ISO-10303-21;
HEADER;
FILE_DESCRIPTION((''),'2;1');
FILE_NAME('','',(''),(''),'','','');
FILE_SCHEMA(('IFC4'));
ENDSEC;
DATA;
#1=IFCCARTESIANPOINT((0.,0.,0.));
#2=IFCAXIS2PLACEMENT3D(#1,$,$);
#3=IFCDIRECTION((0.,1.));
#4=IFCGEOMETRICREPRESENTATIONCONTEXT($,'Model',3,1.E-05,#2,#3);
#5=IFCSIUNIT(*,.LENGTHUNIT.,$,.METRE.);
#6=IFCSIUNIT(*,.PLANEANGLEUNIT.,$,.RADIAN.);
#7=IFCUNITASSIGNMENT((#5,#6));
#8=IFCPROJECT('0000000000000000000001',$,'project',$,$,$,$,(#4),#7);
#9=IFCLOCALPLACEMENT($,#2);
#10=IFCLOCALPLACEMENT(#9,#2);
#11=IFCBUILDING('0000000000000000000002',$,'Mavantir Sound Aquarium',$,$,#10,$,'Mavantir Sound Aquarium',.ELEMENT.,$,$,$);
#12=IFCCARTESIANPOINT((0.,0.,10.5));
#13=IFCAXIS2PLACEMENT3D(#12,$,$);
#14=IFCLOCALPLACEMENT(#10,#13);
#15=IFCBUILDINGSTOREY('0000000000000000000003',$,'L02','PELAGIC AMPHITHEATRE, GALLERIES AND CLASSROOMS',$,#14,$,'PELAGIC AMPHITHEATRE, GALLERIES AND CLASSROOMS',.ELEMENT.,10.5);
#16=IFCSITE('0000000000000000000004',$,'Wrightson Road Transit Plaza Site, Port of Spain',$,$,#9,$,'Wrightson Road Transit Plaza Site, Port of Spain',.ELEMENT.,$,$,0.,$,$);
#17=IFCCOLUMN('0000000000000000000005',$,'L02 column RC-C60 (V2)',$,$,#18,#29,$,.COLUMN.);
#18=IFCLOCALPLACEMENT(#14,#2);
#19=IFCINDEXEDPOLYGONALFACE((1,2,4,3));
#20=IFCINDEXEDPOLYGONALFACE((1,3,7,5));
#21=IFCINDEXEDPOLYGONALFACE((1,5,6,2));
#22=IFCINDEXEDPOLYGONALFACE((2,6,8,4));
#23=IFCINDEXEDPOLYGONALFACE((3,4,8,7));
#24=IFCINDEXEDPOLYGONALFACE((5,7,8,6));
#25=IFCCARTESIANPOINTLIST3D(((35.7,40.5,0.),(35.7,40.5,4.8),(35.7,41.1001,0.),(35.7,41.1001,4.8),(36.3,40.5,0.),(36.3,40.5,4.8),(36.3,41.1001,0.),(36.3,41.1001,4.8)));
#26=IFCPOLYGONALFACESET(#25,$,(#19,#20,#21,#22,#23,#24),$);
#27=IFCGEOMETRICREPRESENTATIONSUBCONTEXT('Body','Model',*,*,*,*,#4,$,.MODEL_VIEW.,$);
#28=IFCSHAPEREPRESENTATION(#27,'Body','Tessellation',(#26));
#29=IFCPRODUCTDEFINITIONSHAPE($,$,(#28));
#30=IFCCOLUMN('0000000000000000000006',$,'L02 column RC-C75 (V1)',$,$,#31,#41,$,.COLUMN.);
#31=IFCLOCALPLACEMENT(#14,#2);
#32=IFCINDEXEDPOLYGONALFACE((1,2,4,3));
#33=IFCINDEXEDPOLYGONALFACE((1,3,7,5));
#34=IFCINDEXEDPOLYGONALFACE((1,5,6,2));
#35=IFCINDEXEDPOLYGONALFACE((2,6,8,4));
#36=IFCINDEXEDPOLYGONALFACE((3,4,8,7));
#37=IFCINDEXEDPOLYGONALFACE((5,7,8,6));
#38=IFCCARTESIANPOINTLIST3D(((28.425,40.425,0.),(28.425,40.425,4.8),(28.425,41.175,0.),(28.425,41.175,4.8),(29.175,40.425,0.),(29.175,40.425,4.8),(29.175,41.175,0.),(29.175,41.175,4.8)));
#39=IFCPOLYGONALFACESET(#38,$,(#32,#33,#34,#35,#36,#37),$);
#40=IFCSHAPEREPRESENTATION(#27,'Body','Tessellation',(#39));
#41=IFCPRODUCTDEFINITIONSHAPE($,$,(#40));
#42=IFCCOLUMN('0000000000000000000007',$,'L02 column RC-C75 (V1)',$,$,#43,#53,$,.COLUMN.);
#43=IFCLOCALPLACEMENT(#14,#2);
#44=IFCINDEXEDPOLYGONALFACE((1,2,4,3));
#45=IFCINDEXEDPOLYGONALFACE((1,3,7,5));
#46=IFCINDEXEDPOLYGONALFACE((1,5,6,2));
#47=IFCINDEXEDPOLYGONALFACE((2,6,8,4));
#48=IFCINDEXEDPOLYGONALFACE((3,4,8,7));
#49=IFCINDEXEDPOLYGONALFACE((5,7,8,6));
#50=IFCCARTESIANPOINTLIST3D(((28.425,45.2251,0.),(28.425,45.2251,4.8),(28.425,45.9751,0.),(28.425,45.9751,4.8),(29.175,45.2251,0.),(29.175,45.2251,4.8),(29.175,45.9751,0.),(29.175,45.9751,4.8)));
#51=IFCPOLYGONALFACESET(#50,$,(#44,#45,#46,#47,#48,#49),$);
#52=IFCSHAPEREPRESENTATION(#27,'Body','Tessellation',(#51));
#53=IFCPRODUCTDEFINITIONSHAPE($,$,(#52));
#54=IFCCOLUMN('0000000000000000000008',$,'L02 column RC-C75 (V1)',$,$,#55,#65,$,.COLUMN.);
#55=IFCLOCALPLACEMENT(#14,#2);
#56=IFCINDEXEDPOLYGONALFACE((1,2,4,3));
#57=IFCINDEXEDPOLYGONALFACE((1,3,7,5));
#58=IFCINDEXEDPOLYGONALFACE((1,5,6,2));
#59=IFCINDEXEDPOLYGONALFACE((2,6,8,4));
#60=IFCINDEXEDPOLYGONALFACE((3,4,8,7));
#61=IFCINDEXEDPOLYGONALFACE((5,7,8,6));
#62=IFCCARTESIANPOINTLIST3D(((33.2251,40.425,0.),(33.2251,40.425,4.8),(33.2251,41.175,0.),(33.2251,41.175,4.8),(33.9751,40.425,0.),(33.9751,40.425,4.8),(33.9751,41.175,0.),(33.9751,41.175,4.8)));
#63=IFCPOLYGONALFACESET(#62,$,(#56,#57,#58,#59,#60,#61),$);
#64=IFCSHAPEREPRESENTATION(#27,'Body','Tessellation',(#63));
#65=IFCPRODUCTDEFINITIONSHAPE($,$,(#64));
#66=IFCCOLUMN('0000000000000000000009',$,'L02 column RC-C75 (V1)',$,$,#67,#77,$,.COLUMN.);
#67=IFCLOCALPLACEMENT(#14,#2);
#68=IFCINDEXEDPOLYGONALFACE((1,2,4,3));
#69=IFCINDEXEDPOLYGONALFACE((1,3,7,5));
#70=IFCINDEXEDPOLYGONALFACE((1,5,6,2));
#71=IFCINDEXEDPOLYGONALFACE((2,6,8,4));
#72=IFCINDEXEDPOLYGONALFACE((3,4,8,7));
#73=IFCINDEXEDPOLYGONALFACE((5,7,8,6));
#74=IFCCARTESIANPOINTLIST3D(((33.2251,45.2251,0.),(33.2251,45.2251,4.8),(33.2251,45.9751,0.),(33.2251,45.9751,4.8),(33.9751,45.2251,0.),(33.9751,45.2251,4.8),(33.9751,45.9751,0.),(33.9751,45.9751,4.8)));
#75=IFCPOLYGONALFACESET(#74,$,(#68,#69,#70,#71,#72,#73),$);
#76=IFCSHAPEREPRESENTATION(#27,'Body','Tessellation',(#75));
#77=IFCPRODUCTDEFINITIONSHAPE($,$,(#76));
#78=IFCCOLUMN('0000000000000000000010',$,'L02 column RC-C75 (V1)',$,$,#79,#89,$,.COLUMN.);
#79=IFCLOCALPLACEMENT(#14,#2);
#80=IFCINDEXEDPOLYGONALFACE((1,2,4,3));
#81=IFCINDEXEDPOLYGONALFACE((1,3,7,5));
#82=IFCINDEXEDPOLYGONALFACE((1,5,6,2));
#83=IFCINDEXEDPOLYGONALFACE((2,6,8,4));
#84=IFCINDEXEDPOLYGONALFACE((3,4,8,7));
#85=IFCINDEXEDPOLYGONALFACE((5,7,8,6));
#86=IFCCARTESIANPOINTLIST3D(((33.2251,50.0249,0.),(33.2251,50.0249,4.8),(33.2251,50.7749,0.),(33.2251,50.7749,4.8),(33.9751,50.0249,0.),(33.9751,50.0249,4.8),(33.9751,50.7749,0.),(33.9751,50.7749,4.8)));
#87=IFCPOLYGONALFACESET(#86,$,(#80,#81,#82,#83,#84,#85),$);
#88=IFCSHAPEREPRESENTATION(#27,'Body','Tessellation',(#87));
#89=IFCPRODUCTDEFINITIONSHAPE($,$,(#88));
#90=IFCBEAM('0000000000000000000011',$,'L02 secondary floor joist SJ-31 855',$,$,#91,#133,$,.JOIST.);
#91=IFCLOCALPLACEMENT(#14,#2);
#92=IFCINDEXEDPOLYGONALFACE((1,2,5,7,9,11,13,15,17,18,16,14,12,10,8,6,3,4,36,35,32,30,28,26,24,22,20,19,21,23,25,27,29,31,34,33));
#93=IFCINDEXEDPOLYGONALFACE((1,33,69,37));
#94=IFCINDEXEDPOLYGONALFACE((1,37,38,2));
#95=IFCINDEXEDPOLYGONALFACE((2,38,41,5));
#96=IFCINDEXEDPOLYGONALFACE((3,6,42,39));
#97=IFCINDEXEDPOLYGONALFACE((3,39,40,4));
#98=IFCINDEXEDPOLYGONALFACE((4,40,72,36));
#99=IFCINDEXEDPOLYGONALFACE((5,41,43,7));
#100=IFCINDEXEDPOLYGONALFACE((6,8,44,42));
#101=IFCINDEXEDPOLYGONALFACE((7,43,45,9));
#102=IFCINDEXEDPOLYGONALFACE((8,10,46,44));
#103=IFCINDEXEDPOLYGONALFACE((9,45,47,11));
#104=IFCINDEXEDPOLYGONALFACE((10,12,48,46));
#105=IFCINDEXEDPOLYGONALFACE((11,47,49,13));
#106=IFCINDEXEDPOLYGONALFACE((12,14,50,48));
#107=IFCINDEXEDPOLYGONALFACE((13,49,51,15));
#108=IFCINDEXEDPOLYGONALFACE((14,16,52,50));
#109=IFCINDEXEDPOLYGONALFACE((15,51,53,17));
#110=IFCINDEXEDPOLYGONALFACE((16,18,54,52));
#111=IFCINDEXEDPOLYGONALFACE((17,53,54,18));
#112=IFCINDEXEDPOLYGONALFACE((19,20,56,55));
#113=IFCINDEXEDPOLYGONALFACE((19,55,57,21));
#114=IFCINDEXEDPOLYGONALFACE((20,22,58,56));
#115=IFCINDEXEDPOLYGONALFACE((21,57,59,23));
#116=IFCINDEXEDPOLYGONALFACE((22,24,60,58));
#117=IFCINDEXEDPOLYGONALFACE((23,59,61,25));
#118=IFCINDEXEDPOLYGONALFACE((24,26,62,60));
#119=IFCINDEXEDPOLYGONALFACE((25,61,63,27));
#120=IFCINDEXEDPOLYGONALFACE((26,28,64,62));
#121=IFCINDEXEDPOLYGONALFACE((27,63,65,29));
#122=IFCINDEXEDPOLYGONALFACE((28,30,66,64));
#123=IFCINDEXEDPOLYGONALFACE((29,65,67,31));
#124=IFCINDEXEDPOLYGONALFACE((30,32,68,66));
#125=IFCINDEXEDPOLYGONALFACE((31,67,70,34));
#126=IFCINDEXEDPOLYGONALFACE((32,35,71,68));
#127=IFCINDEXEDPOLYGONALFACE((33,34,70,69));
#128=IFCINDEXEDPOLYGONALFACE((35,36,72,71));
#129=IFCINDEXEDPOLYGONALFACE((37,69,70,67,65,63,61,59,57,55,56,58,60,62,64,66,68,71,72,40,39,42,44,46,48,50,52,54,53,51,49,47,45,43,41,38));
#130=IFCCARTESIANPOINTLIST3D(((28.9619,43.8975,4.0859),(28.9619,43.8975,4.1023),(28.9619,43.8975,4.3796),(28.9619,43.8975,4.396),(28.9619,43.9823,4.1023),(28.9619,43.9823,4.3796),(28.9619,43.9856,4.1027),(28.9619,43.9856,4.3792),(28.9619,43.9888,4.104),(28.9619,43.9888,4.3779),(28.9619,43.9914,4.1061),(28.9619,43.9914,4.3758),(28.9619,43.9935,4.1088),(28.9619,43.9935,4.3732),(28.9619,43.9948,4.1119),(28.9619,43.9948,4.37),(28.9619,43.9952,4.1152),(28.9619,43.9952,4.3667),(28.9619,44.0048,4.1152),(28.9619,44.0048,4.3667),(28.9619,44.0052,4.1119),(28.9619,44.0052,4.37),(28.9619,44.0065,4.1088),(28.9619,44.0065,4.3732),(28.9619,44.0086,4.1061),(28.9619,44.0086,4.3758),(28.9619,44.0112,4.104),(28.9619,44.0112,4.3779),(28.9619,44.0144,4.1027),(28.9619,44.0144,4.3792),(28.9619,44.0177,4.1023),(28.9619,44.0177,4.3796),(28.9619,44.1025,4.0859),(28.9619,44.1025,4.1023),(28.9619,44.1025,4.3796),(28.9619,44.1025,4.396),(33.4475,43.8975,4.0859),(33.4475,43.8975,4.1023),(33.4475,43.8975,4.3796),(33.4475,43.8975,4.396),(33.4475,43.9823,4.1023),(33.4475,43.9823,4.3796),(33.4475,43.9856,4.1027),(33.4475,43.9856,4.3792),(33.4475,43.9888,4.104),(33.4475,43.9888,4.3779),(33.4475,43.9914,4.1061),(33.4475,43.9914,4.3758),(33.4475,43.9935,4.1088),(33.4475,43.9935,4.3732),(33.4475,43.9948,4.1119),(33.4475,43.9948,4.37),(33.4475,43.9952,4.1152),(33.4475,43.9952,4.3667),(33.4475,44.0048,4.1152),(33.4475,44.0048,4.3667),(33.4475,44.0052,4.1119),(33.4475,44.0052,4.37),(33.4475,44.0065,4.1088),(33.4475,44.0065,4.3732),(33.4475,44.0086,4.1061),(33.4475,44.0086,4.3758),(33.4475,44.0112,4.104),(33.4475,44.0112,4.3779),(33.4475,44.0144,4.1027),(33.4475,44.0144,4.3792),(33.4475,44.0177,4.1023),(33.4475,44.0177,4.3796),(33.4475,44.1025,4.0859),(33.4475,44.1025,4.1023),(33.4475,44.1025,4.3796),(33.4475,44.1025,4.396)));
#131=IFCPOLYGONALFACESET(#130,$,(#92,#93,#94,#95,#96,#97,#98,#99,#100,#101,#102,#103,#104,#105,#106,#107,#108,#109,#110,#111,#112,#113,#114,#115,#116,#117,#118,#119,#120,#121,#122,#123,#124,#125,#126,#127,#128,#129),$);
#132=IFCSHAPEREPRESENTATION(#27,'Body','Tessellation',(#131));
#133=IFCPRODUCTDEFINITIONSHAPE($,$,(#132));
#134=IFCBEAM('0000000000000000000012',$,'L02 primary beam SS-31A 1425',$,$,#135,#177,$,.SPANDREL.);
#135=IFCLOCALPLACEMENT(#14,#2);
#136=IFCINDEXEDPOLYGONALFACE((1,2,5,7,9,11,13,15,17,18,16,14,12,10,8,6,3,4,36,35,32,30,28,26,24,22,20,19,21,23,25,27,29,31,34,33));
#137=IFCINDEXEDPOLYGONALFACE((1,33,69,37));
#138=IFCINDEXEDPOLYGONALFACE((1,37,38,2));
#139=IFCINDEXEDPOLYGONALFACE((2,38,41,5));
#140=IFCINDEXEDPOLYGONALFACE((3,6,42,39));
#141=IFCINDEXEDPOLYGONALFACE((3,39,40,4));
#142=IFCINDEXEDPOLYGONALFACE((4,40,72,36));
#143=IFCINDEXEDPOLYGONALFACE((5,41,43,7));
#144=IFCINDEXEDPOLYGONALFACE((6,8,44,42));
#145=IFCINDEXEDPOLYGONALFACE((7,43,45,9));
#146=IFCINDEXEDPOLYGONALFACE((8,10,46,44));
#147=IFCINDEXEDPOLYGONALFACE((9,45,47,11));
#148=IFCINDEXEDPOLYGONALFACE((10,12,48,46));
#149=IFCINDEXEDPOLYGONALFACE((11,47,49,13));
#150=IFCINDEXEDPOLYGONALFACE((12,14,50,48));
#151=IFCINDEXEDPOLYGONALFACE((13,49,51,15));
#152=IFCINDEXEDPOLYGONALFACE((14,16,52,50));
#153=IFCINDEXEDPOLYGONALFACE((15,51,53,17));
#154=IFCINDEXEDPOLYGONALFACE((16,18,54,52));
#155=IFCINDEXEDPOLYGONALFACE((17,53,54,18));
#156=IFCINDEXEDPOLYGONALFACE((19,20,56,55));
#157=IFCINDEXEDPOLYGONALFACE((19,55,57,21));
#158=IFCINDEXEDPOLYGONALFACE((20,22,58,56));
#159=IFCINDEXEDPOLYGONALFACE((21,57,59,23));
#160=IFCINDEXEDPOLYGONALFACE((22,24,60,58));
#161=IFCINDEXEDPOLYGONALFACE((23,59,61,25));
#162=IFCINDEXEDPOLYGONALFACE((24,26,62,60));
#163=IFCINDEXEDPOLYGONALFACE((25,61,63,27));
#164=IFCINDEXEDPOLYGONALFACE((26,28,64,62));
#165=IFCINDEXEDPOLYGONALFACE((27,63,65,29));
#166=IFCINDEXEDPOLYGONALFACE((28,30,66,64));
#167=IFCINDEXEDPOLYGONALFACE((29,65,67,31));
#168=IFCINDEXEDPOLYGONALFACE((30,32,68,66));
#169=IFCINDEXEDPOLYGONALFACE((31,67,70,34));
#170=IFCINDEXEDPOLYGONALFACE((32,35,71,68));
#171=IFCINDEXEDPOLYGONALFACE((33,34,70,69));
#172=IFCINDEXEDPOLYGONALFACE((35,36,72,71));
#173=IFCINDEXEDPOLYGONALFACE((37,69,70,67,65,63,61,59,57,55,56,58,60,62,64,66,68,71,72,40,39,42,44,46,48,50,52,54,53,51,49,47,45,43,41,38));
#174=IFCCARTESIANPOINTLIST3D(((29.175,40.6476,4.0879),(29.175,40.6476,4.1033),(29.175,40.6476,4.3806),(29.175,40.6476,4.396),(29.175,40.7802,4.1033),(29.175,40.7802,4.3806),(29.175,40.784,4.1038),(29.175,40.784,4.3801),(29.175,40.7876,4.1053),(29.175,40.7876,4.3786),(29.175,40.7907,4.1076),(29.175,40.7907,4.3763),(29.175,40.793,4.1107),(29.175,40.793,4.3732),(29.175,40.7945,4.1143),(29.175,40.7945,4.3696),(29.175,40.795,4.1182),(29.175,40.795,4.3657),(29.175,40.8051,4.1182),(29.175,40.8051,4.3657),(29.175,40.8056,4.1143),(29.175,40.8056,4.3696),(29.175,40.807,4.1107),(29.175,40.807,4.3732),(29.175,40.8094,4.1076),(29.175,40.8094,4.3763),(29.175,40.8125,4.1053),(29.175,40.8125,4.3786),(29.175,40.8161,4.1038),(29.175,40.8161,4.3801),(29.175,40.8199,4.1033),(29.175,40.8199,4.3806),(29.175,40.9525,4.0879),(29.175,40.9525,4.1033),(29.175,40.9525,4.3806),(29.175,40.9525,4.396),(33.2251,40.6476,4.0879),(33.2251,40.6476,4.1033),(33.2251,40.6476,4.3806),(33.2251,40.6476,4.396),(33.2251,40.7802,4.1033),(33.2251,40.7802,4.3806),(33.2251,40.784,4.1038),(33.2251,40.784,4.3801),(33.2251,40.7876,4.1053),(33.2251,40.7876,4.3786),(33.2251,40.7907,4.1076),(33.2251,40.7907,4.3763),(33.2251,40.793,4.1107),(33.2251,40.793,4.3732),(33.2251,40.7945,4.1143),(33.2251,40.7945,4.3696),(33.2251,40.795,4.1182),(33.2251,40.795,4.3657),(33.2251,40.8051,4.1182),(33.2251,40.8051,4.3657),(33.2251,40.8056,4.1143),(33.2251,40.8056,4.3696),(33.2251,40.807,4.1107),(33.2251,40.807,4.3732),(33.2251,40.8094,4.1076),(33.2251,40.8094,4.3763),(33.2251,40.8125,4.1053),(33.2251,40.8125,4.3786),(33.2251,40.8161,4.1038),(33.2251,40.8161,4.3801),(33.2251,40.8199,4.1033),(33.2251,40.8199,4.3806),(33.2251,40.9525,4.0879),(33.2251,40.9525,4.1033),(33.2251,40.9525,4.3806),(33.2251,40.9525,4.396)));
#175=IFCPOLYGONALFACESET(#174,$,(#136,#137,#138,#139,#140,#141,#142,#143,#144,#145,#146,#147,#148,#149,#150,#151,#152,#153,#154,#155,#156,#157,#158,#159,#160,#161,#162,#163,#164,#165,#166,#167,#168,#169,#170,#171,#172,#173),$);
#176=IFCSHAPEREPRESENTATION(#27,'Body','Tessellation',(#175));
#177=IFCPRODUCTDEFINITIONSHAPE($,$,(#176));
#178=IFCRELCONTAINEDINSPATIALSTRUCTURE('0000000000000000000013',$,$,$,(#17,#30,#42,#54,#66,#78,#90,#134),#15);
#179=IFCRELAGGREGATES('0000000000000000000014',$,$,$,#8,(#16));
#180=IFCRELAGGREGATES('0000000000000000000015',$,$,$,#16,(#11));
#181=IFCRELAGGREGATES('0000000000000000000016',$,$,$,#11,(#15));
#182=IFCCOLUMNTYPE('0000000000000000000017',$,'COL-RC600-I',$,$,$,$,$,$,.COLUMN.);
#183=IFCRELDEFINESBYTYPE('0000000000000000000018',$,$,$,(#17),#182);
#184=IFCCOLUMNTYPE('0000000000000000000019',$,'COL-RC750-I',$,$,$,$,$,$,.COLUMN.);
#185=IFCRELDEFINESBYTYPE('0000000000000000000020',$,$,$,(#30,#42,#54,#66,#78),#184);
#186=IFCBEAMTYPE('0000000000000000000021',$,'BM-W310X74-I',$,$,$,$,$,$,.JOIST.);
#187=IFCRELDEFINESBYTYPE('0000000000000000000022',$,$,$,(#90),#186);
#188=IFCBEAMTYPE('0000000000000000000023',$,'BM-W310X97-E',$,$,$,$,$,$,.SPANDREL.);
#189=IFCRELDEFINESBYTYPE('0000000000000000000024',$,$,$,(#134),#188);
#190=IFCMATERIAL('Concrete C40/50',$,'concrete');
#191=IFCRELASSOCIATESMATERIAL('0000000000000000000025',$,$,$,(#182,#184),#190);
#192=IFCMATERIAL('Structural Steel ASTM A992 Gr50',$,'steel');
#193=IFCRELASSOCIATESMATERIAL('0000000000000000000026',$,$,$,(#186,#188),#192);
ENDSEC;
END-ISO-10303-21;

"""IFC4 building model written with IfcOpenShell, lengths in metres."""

from ifc_helpers import new_model, si_unit, direction, frame, origin, origin_2d, place, context, subcontext, project, spatial, rectangle, i_section, extrude, material, material_profile, profile_set, type_object, element, save


model = new_model("IFC4")

# Units and contexts
model_context = context("Model", 3, precision=1e-05, world=origin(), true_north=direction((0.0, 1.0)))
body_context = subcontext(model_context, "Body", "Model", "MODEL_VIEW")
ifc_project = project(units=[si_unit("LENGTHUNIT", "METRE"), si_unit("PLANEANGLEUNIT", "RADIAN")], contexts=[model_context])

# Site, building, storey
site_placement = place(None, origin())
site = spatial("IfcSite", under=ifc_project, at=site_placement, Name="Wrightson Road Transit Plaza Site, Port of Spain", LongName="Wrightson Road Transit Plaza Site, Port of Spain", CompositionType="ELEMENT", RefElevation=0.0)
building_placement = place(site_placement, origin())
building = spatial("IfcBuilding", under=site, at=building_placement, Name="Mavantir Sound Aquarium", LongName="Mavantir Sound Aquarium", CompositionType="ELEMENT")
storey_placement = place(building_placement, frame((0.0, 0.0, 10.5)))
storey = spatial("IfcBuildingStorey", under=building, at=storey_placement, Name="L02", Description="PELAGIC AMPHITHEATRE, GALLERIES AND CLASSROOMS", LongName="PELAGIC AMPHITHEATRE, GALLERIES AND CLASSROOMS", CompositionType="ELEMENT", Elevation=10.5)

# Columns
ifc_material_1 = material(Name="Concrete C40/50", Category="concrete")
ifc_material_profile_1 = material_profile(ifc_material_1, rectangle(XDim=0.6001, YDim=0.6001, at=origin_2d()), Name="RC 600X600")
ifc_profile_set_1 = profile_set([ifc_material_profile_1], Name="Concrete C40/50")
column_type_1 = type_object("IfcColumnType", Name="COL-RC600-I", PredefinedType="COLUMN", material=ifc_profile_set_1)
column_placement = place(storey_placement, frame((36.0, 40.8, 0.0), z_axis=(0.0, 0.0, 1.0), x_axis=(1.0, 0.0, 0.0)))
element("IfcColumn", 1, at=column_placement, inside=storey, type_object=column_type_1, Name="L02 column RC-C60 (V2)", PredefinedType="COLUMN", context=body_context, shape_type="SweptSolid", body=[
    extrude(rectangle(XDim=0.6001, YDim=0.6001, at=origin_2d()), origin(), (0.0, 0.0, 1.0), 4.8),
])
ifc_material_profile_2 = material_profile(ifc_material_1, rectangle(XDim=0.75, YDim=0.75, at=origin_2d()), Name="RC 750X750")
ifc_profile_set_2 = profile_set([ifc_material_profile_2], Name="Concrete C40/50")
column_type_2 = type_object("IfcColumnType", Name="COL-RC750-I", PredefinedType="COLUMN", material=ifc_profile_set_2)
for number, where, z_axis, x_axis, name in (
    (2, (28.8, 40.8, 0.0), (0.0, 0.0, 1.0), (1.0, 0.0, 0.0), "L02 column RC-C75 (V1)"),
    (3, (28.8, 45.6001, 0.0), (0.0, 0.0, 1.0), (1.0, 0.0, 0.0), "L02 column RC-C75 (V1)"),
    (4, (33.6001, 40.8, 0.0), (0.0, 0.0, 1.0), (1.0, 0.0, 0.0), "L02 column RC-C75 (V1)"),
    (5, (33.6001, 45.6001, 0.0), (0.0, 0.0, 1.0), (1.0, 0.0, 0.0), "L02 column RC-C75 (V1)"),
    (6, (33.6001, 50.3999, 0.0), (0.0, 0.0, 1.0), (1.0, 0.0, 0.0), "L02 column RC-C75 (V1)"),
):
    element("IfcColumn", number, at=place(storey_placement, frame(where, z_axis=z_axis, x_axis=x_axis)), inside=storey, type_object=column_type_2, Name=name, PredefinedType="COLUMN", context=body_context, shape_type="SweptSolid", body=[
        extrude(rectangle(XDim=0.75, YDim=0.75, at=origin_2d()), origin(), (0.0, 0.0, 1.0), 4.8),
    ])

# Beams
ifc_material_2 = material(Name="Structural Steel ASTM A992 Gr50", Category="steel")
ifc_material_profile_3 = material_profile(ifc_material_2, i_section(OverallWidth=0.2051, OverallDepth=0.3101, WebThickness=0.0095, FlangeThickness=0.0164, FilletRadius=0.0129, at=origin_2d()), Name="W310X74")
ifc_profile_set_3 = profile_set([ifc_material_profile_3], Name="Structural Steel ASTM A992 Gr50")
beam_type_1 = type_object("IfcBeamType", Name="BM-W310X74-I", PredefinedType="JOIST", material=ifc_profile_set_3)
beam_1_placement = place(storey_placement, frame((28.9619, 44.0, 4.241), z_axis=(1.0, 0.0, 0.0), x_axis=(0.0, 1.0, 0.0)))
element("IfcBeam", 7, at=beam_1_placement, inside=storey, type_object=beam_type_1, Name="L02 secondary floor joist SJ-31 855", PredefinedType="JOIST", context=body_context, shape_type="SweptSolid", body=[
    extrude(i_section(OverallWidth=0.2051, OverallDepth=0.3101, WebThickness=0.0095, FlangeThickness=0.0164, FilletRadius=0.0129, at=origin_2d()), origin(), (0.0, 0.0, 1.0), 4.4856),
])
ifc_material_profile_4 = material_profile(ifc_material_2, i_section(OverallWidth=0.3049, OverallDepth=0.3081, WebThickness=0.01, FlangeThickness=0.0154, FilletRadius=0.0149, at=origin_2d()), Name="W310X97")
ifc_profile_set_4 = profile_set([ifc_material_profile_4], Name="Structural Steel ASTM A992 Gr50")
beam_type_2 = type_object("IfcBeamType", Name="BM-W310X97-E", PredefinedType="SPANDREL", material=ifc_profile_set_4)
for number, where, z_axis, x_axis, name in (
    (8, (29.175, 40.8, 4.2419), (1.0, 0.0, 0.0), (0.0, 1.0, 0.0), "L02 primary beam SS-31A 1425"),
):
    element("IfcBeam", number, at=place(storey_placement, frame(where, z_axis=z_axis, x_axis=x_axis)), inside=storey, type_object=beam_type_2, Name=name, PredefinedType="SPANDREL", context=body_context, shape_type="SweptSolid", body=[
        extrude(i_section(OverallWidth=0.3049, OverallDepth=0.3081, WebThickness=0.01, FlangeThickness=0.0154, FilletRadius=0.0149, at=origin_2d()), origin(), (0.0, 0.0, 1.0), 4.05),
    ])

save(model, "model.ifc")
